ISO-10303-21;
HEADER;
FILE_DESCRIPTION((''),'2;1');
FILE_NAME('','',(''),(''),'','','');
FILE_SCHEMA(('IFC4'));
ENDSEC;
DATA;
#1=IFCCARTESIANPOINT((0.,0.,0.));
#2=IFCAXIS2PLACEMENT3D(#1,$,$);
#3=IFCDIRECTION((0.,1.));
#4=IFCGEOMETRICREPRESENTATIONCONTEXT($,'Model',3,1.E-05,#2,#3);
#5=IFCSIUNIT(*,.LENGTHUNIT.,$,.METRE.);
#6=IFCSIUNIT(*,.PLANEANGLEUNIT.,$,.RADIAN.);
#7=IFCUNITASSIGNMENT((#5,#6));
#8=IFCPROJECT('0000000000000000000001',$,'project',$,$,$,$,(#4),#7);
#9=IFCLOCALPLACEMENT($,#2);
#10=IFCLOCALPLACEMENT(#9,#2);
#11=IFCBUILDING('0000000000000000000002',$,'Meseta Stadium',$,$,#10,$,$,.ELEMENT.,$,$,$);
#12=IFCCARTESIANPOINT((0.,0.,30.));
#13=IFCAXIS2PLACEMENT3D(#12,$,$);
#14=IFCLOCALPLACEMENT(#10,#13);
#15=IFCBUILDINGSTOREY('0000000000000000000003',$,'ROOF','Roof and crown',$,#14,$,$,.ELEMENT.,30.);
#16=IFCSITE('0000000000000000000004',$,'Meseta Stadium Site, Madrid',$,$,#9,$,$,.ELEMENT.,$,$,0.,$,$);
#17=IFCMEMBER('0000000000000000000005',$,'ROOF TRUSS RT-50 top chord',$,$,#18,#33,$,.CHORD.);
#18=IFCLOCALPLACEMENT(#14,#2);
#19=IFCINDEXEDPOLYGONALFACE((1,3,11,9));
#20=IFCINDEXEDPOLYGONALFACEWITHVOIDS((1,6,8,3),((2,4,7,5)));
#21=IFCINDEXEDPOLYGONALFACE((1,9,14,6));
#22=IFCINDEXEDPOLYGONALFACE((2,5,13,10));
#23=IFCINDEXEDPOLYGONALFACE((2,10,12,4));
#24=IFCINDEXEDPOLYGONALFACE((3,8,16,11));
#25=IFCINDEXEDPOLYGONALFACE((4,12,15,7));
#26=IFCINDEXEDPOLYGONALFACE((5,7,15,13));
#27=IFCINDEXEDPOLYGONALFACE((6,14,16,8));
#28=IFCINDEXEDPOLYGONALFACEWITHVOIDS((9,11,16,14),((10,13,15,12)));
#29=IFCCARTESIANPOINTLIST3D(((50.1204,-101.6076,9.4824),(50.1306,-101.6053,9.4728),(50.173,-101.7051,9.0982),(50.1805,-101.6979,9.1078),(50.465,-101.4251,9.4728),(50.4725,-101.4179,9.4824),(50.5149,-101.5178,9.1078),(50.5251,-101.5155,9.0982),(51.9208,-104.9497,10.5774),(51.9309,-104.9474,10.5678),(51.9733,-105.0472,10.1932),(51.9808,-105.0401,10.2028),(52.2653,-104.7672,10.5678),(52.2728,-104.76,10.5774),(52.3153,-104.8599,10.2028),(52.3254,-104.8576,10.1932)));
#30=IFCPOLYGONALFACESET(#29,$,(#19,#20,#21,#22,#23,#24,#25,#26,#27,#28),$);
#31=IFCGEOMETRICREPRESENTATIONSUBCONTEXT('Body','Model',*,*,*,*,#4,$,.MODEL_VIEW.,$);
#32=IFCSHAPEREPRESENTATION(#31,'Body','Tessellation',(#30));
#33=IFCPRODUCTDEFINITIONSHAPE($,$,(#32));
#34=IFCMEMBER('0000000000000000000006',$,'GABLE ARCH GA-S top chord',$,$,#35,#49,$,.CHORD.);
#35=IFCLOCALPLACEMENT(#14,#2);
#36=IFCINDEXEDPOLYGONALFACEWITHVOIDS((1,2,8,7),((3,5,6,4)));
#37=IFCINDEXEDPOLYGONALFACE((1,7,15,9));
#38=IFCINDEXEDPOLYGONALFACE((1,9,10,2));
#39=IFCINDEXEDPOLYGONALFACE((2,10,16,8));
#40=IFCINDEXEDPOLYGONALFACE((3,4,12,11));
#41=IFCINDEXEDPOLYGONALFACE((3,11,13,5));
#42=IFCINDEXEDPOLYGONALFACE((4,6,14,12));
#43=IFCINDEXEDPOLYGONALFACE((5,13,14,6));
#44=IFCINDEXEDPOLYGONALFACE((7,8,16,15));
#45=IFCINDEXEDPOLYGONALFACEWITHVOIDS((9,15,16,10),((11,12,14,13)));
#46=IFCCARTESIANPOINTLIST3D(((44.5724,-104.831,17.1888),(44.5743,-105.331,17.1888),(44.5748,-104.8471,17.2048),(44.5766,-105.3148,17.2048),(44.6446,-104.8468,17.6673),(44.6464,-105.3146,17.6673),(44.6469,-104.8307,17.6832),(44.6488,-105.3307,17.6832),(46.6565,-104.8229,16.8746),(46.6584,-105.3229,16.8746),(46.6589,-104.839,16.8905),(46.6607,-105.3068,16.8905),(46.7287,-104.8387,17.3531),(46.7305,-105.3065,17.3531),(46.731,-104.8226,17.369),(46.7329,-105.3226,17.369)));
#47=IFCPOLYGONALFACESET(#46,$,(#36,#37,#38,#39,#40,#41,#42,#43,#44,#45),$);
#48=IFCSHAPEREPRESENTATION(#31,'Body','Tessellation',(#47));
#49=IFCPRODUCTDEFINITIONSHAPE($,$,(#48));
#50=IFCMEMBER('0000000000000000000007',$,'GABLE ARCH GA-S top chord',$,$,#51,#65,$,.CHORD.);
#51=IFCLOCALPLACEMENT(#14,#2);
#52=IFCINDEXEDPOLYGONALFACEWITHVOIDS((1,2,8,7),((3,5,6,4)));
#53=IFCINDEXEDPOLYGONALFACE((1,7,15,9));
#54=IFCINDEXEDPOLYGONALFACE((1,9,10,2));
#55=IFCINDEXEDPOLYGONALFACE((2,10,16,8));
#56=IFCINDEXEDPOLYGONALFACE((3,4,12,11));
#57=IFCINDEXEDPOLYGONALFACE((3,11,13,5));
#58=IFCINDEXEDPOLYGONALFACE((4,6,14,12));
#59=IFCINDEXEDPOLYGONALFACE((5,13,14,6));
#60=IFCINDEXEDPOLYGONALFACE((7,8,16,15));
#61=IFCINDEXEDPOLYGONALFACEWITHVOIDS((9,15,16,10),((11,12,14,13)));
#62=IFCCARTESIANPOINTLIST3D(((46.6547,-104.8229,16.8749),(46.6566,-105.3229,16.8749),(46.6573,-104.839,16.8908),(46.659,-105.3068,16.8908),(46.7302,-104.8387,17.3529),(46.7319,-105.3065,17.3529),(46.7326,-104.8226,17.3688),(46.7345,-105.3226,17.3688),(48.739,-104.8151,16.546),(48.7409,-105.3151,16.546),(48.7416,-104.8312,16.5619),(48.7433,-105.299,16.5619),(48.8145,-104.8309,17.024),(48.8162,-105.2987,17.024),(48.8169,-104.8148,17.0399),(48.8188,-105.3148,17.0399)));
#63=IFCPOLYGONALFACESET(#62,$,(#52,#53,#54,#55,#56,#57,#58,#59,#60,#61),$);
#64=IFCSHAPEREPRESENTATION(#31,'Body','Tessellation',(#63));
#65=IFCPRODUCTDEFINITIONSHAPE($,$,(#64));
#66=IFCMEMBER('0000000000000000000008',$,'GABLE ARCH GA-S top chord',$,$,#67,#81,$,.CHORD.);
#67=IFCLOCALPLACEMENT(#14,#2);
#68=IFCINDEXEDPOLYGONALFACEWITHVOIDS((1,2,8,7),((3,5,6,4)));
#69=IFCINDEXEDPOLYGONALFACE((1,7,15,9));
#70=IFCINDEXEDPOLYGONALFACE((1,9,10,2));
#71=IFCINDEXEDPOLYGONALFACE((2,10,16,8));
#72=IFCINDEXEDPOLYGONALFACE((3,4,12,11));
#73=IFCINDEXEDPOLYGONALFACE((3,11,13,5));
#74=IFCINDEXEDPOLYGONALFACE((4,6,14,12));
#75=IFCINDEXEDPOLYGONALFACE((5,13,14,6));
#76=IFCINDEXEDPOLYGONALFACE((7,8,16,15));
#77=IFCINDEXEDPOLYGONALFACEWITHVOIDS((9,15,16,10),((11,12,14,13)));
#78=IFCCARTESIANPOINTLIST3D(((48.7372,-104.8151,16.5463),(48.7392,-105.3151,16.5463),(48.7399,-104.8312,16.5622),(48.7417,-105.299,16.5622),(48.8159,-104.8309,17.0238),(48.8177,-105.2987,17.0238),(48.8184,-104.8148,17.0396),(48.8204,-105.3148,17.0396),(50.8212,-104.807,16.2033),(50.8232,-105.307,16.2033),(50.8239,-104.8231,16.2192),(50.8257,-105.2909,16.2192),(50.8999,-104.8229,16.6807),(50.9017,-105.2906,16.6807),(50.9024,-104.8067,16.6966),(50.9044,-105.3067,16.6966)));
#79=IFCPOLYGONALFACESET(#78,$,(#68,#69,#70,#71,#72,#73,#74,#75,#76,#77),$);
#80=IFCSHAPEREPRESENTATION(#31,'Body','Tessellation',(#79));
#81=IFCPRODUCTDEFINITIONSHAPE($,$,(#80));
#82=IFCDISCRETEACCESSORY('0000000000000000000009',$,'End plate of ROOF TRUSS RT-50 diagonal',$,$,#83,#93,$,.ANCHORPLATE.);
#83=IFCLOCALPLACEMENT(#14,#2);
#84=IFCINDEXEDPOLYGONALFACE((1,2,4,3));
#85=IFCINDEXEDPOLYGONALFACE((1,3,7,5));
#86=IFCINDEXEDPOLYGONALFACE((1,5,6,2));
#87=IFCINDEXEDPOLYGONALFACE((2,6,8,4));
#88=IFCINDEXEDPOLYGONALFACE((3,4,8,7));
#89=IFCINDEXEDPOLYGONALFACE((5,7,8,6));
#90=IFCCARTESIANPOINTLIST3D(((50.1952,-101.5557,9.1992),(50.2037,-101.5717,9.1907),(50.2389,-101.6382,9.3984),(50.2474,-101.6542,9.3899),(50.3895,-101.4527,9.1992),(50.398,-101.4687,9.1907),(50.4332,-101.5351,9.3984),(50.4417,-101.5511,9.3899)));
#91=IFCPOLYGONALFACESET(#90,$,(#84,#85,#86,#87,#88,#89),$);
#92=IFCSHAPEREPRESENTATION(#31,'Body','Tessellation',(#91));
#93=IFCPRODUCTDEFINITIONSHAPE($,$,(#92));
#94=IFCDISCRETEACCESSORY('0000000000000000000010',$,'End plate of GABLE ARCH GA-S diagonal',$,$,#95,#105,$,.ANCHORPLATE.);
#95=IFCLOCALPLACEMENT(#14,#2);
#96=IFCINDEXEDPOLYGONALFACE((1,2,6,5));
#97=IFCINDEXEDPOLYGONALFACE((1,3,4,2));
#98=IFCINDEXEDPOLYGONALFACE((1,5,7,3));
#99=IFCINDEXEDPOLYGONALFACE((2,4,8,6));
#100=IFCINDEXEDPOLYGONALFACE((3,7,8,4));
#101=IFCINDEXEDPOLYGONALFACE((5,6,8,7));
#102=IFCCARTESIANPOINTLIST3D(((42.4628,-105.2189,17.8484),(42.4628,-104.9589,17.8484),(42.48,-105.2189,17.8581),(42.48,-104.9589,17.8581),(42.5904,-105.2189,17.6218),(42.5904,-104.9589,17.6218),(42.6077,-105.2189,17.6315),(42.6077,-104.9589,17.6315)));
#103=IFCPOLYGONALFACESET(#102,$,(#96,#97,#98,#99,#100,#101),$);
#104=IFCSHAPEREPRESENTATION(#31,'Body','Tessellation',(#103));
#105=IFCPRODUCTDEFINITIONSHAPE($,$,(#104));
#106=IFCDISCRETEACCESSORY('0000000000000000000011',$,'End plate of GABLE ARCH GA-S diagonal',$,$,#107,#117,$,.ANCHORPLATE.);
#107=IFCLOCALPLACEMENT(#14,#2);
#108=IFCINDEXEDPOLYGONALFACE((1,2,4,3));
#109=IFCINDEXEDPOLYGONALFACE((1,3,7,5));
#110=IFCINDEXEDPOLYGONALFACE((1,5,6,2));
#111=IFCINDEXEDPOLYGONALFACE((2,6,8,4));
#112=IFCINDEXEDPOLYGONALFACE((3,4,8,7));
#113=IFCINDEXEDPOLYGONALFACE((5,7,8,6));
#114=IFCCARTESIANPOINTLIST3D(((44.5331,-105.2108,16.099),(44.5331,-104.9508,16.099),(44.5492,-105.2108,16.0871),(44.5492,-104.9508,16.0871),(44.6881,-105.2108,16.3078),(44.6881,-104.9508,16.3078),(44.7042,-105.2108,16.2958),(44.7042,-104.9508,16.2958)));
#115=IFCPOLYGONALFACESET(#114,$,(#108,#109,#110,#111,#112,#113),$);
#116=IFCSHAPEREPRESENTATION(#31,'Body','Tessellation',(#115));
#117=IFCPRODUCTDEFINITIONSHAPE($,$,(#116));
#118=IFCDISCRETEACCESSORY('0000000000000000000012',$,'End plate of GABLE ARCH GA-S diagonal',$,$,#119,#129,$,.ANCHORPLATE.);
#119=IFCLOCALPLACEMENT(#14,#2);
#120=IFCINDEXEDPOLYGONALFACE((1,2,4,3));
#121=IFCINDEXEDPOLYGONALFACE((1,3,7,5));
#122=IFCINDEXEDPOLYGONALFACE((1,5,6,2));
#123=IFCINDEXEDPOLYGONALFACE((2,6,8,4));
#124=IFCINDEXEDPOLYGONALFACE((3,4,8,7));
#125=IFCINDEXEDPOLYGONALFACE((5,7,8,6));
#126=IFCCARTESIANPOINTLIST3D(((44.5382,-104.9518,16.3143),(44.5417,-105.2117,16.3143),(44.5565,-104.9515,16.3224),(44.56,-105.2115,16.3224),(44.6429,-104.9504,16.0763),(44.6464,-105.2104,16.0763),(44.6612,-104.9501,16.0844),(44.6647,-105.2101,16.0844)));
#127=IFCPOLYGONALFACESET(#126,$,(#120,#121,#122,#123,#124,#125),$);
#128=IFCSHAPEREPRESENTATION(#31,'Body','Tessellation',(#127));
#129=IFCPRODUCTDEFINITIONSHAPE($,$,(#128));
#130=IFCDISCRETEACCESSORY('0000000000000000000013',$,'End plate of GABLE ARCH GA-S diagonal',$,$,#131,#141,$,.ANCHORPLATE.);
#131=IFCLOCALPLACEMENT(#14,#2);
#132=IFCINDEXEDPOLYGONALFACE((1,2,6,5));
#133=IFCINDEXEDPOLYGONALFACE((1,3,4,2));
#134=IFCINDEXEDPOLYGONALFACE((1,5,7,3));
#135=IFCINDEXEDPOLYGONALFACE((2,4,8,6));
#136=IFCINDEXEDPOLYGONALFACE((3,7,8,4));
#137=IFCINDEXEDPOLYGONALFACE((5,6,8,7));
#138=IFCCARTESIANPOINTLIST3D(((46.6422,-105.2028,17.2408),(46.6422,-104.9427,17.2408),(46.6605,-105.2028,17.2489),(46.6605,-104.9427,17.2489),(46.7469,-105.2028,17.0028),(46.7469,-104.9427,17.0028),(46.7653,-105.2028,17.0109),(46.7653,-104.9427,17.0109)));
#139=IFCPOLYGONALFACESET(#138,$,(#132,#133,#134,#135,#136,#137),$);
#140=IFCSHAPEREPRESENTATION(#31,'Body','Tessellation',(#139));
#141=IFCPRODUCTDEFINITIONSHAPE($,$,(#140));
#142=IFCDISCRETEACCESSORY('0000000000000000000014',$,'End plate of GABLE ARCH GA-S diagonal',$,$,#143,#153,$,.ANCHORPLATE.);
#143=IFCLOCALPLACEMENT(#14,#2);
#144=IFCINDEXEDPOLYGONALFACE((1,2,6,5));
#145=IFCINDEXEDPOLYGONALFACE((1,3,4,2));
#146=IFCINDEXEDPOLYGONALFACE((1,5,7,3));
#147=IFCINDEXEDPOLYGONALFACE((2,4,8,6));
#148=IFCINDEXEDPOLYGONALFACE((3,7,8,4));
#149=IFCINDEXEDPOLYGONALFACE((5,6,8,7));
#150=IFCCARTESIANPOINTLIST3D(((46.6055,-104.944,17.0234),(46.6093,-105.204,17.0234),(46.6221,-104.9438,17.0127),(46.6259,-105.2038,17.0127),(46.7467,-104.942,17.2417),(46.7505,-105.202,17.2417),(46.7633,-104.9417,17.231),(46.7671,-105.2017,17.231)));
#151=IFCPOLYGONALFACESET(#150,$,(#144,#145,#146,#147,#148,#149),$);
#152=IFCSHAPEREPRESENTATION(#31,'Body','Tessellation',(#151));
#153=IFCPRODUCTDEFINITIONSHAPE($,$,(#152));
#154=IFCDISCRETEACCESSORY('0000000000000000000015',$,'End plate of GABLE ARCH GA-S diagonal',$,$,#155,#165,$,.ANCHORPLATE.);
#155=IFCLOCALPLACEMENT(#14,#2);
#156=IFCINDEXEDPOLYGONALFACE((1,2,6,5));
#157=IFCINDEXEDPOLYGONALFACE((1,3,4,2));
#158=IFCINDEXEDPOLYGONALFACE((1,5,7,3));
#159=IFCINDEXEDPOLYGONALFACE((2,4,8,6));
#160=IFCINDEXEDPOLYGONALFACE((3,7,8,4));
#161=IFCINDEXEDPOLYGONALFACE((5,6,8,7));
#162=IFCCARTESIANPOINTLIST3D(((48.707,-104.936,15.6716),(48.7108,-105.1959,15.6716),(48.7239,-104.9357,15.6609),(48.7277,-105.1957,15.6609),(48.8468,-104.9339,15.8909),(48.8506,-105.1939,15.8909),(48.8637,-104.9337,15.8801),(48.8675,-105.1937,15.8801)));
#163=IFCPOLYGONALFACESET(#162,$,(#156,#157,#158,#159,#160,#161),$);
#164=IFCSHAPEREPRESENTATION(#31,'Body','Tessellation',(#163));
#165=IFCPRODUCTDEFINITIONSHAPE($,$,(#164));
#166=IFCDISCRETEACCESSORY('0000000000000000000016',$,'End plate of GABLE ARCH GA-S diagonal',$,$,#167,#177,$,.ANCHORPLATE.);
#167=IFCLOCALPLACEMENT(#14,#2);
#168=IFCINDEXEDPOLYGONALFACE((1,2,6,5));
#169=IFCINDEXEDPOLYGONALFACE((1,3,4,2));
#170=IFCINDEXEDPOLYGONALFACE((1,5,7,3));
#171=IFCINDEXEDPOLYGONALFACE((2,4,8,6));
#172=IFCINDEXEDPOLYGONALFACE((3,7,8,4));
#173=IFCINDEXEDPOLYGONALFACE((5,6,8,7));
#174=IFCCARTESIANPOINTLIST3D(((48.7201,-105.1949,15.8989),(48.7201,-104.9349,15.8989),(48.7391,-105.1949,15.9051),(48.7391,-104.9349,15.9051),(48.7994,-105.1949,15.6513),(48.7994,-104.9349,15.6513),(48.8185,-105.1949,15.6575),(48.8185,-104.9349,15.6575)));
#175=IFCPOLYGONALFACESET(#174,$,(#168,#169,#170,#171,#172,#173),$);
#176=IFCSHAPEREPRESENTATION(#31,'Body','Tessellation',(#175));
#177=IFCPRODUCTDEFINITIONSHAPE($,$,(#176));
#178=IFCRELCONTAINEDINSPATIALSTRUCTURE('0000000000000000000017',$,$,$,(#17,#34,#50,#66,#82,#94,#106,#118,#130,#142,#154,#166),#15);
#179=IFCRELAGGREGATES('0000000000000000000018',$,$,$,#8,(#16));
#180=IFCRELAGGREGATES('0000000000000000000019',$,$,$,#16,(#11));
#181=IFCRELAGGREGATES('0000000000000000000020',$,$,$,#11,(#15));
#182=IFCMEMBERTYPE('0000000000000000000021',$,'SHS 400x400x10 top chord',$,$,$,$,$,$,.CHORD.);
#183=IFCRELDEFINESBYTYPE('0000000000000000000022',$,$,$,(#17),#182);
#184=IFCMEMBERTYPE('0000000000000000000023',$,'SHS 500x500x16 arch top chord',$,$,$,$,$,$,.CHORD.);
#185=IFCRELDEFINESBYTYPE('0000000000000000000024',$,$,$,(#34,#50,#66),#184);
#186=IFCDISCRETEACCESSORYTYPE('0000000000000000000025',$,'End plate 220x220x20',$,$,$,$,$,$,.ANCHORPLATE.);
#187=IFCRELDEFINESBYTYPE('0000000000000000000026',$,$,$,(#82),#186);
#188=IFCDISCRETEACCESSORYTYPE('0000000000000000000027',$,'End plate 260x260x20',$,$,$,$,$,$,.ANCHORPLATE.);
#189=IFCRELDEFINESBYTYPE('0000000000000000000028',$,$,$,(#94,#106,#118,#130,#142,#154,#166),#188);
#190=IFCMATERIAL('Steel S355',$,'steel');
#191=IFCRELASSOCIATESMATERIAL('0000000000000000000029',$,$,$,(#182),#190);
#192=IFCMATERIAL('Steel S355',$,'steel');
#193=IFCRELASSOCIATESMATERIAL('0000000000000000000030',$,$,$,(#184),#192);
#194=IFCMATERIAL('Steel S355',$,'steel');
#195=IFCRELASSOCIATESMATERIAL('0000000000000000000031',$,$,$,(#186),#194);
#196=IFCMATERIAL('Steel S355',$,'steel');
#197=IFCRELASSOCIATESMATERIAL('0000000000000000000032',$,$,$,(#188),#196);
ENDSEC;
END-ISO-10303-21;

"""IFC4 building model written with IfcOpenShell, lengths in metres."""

from ifc_helpers import new_model, si_unit, direction, frame, origin, origin_2d, place, context, subcontext, project, spatial, rectangle, hollow_rectangle, extrude, material, material_profile, profile_set, type_object, element, save


model = new_model("IFC4")

# Units and contexts
model_context = context("Model", 3, precision=1e-05, world=origin(), true_north=direction((0.0, 1.0)))
body_context = subcontext(model_context, "Body", "Model", "MODEL_VIEW")
ifc_project = project(units=[si_unit("LENGTHUNIT", "METRE"), si_unit("PLANEANGLEUNIT", "RADIAN")], contexts=[model_context])

# Site, building, storey
site_placement = place(None, origin())
site = spatial("IfcSite", under=ifc_project, at=site_placement, Name="Meseta Stadium Site, Madrid", CompositionType="ELEMENT", RefElevation=0.0)
building_placement = place(site_placement, origin())
building = spatial("IfcBuilding", under=site, at=building_placement, Name="Meseta Stadium", CompositionType="ELEMENT")
storey_placement = place(building_placement, frame((0.0, 0.0, 30.0)))
storey = spatial("IfcBuildingStorey", under=building, at=storey_placement, Name="ROOF", Description="Roof and crown", CompositionType="ELEMENT", Elevation=30.0)

# Members
ifc_material_1 = material(Name="Steel S355", Category="steel")
ifc_material_profile_1 = material_profile(ifc_material_1, hollow_rectangle(XDim=0.3999, YDim=0.3999, WallThickness=0.01, at=origin_2d()), Name="SHS 400x400x10")
ifc_profile_set_1 = profile_set([ifc_material_profile_1], Name="Steel S355")
member_type_1 = type_object("IfcMemberType", Name="SHS 400x400x10 top chord", PredefinedType="CHORD", material=ifc_profile_set_1)
member_1_placement = place(storey_placement, frame((50.3228, -101.5615, 9.2903), z_axis=(0.455672, -0.845903, 0.277148), x_axis=(0.880391, 0.474249, 0.0)))
element("IfcMember", 1, at=member_1_placement, inside=storey, type_object=member_type_1, Name="ROOF TRUSS RT-50 top chord", PredefinedType="CHORD", context=body_context, shape_type="SweptSolid", body=[
    extrude(hollow_rectangle(XDim=0.3999, YDim=0.3999, WallThickness=0.01, at=origin_2d()), origin(), (0.0, 0.0, 1.0), 3.9509),
])
ifc_material_2 = material(Name="Steel S355", Category="steel")
ifc_material_profile_2 = material_profile(ifc_material_2, hollow_rectangle(XDim=0.5, YDim=0.5, WallThickness=0.0161, at=origin_2d()), Name="SHS 500x500x16")
ifc_profile_set_2 = profile_set([ifc_material_profile_2], Name="Steel S355")
member_type_2 = type_object("IfcMemberType", Name="SHS 500x500x16 arch top chord", PredefinedType="CHORD", material=ifc_profile_set_2)
member_2_placement = place(storey_placement, frame((44.6106, -105.0808, 17.436), z_axis=(0.988817, 0.003823, -0.149087), x_axis=(-0.003866, 0.999993, 0.0)))
element("IfcMember", 2, at=member_2_placement, inside=storey, type_object=member_type_2, Name="GABLE ARCH GA-S top chord", PredefinedType="CHORD", context=body_context, shape_type="SweptSolid", body=[
    extrude(hollow_rectangle(XDim=0.5, YDim=0.5, WallThickness=0.0161, at=origin_2d()), origin(), (0.0, 0.0, 1.0), 2.1077),
])
member_3_placement = place(storey_placement, frame((46.6946, -105.0728, 17.1218), z_axis=(0.987773, 0.003703, -0.155855), x_axis=(-0.003748, 0.999993, 0.0)))
element("IfcMember", 3, at=member_3_placement, inside=storey, type_object=member_type_2, Name="GABLE ARCH GA-S top chord", PredefinedType="CHORD", context=body_context, shape_type="SweptSolid", body=[
    extrude(hollow_rectangle(XDim=0.5, YDim=0.5, WallThickness=0.0161, at=origin_2d()), origin(), (0.0, 0.0, 1.0), 2.1101),
])
member_4_placement = place(storey_placement, frame((48.7788, -105.0649, 16.793), z_axis=(0.986716, 0.003815, -0.16241), x_axis=(-0.003866, 0.999993, 0.0)))
element("IfcMember", 4, at=member_4_placement, inside=storey, type_object=member_type_2, Name="GABLE ARCH GA-S top chord", PredefinedType="CHORD", context=body_context, shape_type="SweptSolid", body=[
    extrude(hollow_rectangle(XDim=0.5, YDim=0.5, WallThickness=0.0161, at=origin_2d()), origin(), (0.0, 0.0, 1.0), 2.1121),
])

# Discrete accessories
ifc_material_3 = material(Name="Steel S355", Category="steel")
ifc_material_profile_3 = material_profile(ifc_material_3, rectangle(XDim=0.22, YDim=0.22, at=origin_2d()), Name="PL 220x220")
ifc_profile_set_3 = profile_set([ifc_material_profile_3], Name="Steel S355")
discrete_accessory_type_1 = type_object("IfcDiscreteAccessoryType", Name="End plate 220x220x20", PredefinedType="ANCHORPLATE", material=ifc_profile_set_3)
discrete_accessory_1_placement = place(storey_placement, frame((50.3142, -101.5454, 9.2988), z_axis=(0.42425, -0.800015, -0.42425), x_axis=(0.883462, 0.468503, 0.0)))
element("IfcDiscreteAccessory", 5, at=discrete_accessory_1_placement, inside=storey, type_object=discrete_accessory_type_1, Name="End plate of ROOF TRUSS RT-50 diagonal", PredefinedType="ANCHORPLATE", context=body_context, shape_type="SweptSolid", body=[
    extrude(rectangle(XDim=0.22, YDim=0.22, at=origin_2d()), origin(), (0.0, 0.0, 1.0), 0.02),
])
ifc_material_4 = material(Name="Steel S355", Category="steel")
ifc_material_profile_4 = material_profile(ifc_material_4, rectangle(XDim=0.26, YDim=0.26, at=origin_2d()), Name="PL 260x260")
ifc_profile_set_4 = profile_set([ifc_material_profile_4], Name="Steel S355")
discrete_accessory_type_2 = type_object("IfcDiscreteAccessoryType", Name="End plate 260x260x20", PredefinedType="ANCHORPLATE", material=ifc_profile_set_4)
discrete_accessory_2_placement = place(storey_placement, frame((42.5266, -105.0889, 17.7351), z_axis=(0.871248, 0.0, 0.490844), x_axis=(0.0, 1.0, 0.0)))
element("IfcDiscreteAccessory", 6, at=discrete_accessory_2_placement, inside=storey, type_object=discrete_accessory_type_2, Name="End plate of GABLE ARCH GA-S diagonal", PredefinedType="ANCHORPLATE", context=body_context, shape_type="SweptSolid", body=[
    extrude(rectangle(XDim=0.26, YDim=0.26, at=origin_2d()), origin(), (0.0, 0.0, 1.0), 0.0198),
])
for number, where, z_axis, x_axis, name in (
    (7, (44.6106, -105.0808, 16.2034), (0.80291, 0.0, -0.5961), (0.0, 1.0, 0.0), "End plate of GABLE ARCH GA-S diagonal"),
    (8, (44.5923, -105.0811, 16.1953), (0.915247, 0.012203, 0.402709), (-0.013332, 0.999911, 0.0), "End plate of GABLE ARCH GA-S diagonal"),
    (9, (46.6946, -105.0728, 17.1218), (0.915315, 0.0, 0.402739), (0.0, 1.0, 0.0), "End plate of GABLE ARCH GA-S diagonal"),
):
    element("IfcDiscreteAccessory", number, at=place(storey_placement, frame(where, z_axis=z_axis, x_axis=x_axis)), inside=storey, type_object=discrete_accessory_type_2, Name=name, PredefinedType="ANCHORPLATE", context=body_context, shape_type="SweptSolid", body=[
        extrude(rectangle(XDim=0.26, YDim=0.26, at=origin_2d()), origin(), (0.0, 0.0, 1.0), 0.02),
    ])
discrete_accessory_3_placement = place(storey_placement, frame((46.678, -105.073, 17.1326), z_axis=(0.839506, 0.012346, -0.54321), x_axis=(-0.014704, 0.999892, 0.0)))
element("IfcDiscreteAccessory", 10, at=discrete_accessory_3_placement, inside=storey, type_object=discrete_accessory_type_2, Name="End plate of GABLE ARCH GA-S diagonal", PredefinedType="ANCHORPLATE", context=body_context, shape_type="SweptSolid", body=[
    extrude(rectangle(XDim=0.26, YDim=0.26, at=origin_2d()), origin(), (0.0, 0.0, 1.0), 0.0198),
])
for number, where, z_axis, x_axis, name in (
    (11, (48.7788, -105.0649, 15.7812), (0.843095, 0.012219, -0.537626), (-0.014491, 0.999895, 0.0), "End plate of GABLE ARCH GA-S diagonal"),
    (12, (48.7598, -105.0649, 15.7751), (0.952282, 0.0, 0.305219), (0.0, 1.0, 0.0), "End plate of GABLE ARCH GA-S diagonal"),
):
    element("IfcDiscreteAccessory", number, at=place(storey_placement, frame(where, z_axis=z_axis, x_axis=x_axis)), inside=storey, type_object=discrete_accessory_type_2, Name=name, PredefinedType="ANCHORPLATE", context=body_context, shape_type="SweptSolid", body=[
        extrude(rectangle(XDim=0.26, YDim=0.26, at=origin_2d()), origin(), (0.0, 0.0, 1.0), 0.02),
    ])

save(model, "model.ifc")
